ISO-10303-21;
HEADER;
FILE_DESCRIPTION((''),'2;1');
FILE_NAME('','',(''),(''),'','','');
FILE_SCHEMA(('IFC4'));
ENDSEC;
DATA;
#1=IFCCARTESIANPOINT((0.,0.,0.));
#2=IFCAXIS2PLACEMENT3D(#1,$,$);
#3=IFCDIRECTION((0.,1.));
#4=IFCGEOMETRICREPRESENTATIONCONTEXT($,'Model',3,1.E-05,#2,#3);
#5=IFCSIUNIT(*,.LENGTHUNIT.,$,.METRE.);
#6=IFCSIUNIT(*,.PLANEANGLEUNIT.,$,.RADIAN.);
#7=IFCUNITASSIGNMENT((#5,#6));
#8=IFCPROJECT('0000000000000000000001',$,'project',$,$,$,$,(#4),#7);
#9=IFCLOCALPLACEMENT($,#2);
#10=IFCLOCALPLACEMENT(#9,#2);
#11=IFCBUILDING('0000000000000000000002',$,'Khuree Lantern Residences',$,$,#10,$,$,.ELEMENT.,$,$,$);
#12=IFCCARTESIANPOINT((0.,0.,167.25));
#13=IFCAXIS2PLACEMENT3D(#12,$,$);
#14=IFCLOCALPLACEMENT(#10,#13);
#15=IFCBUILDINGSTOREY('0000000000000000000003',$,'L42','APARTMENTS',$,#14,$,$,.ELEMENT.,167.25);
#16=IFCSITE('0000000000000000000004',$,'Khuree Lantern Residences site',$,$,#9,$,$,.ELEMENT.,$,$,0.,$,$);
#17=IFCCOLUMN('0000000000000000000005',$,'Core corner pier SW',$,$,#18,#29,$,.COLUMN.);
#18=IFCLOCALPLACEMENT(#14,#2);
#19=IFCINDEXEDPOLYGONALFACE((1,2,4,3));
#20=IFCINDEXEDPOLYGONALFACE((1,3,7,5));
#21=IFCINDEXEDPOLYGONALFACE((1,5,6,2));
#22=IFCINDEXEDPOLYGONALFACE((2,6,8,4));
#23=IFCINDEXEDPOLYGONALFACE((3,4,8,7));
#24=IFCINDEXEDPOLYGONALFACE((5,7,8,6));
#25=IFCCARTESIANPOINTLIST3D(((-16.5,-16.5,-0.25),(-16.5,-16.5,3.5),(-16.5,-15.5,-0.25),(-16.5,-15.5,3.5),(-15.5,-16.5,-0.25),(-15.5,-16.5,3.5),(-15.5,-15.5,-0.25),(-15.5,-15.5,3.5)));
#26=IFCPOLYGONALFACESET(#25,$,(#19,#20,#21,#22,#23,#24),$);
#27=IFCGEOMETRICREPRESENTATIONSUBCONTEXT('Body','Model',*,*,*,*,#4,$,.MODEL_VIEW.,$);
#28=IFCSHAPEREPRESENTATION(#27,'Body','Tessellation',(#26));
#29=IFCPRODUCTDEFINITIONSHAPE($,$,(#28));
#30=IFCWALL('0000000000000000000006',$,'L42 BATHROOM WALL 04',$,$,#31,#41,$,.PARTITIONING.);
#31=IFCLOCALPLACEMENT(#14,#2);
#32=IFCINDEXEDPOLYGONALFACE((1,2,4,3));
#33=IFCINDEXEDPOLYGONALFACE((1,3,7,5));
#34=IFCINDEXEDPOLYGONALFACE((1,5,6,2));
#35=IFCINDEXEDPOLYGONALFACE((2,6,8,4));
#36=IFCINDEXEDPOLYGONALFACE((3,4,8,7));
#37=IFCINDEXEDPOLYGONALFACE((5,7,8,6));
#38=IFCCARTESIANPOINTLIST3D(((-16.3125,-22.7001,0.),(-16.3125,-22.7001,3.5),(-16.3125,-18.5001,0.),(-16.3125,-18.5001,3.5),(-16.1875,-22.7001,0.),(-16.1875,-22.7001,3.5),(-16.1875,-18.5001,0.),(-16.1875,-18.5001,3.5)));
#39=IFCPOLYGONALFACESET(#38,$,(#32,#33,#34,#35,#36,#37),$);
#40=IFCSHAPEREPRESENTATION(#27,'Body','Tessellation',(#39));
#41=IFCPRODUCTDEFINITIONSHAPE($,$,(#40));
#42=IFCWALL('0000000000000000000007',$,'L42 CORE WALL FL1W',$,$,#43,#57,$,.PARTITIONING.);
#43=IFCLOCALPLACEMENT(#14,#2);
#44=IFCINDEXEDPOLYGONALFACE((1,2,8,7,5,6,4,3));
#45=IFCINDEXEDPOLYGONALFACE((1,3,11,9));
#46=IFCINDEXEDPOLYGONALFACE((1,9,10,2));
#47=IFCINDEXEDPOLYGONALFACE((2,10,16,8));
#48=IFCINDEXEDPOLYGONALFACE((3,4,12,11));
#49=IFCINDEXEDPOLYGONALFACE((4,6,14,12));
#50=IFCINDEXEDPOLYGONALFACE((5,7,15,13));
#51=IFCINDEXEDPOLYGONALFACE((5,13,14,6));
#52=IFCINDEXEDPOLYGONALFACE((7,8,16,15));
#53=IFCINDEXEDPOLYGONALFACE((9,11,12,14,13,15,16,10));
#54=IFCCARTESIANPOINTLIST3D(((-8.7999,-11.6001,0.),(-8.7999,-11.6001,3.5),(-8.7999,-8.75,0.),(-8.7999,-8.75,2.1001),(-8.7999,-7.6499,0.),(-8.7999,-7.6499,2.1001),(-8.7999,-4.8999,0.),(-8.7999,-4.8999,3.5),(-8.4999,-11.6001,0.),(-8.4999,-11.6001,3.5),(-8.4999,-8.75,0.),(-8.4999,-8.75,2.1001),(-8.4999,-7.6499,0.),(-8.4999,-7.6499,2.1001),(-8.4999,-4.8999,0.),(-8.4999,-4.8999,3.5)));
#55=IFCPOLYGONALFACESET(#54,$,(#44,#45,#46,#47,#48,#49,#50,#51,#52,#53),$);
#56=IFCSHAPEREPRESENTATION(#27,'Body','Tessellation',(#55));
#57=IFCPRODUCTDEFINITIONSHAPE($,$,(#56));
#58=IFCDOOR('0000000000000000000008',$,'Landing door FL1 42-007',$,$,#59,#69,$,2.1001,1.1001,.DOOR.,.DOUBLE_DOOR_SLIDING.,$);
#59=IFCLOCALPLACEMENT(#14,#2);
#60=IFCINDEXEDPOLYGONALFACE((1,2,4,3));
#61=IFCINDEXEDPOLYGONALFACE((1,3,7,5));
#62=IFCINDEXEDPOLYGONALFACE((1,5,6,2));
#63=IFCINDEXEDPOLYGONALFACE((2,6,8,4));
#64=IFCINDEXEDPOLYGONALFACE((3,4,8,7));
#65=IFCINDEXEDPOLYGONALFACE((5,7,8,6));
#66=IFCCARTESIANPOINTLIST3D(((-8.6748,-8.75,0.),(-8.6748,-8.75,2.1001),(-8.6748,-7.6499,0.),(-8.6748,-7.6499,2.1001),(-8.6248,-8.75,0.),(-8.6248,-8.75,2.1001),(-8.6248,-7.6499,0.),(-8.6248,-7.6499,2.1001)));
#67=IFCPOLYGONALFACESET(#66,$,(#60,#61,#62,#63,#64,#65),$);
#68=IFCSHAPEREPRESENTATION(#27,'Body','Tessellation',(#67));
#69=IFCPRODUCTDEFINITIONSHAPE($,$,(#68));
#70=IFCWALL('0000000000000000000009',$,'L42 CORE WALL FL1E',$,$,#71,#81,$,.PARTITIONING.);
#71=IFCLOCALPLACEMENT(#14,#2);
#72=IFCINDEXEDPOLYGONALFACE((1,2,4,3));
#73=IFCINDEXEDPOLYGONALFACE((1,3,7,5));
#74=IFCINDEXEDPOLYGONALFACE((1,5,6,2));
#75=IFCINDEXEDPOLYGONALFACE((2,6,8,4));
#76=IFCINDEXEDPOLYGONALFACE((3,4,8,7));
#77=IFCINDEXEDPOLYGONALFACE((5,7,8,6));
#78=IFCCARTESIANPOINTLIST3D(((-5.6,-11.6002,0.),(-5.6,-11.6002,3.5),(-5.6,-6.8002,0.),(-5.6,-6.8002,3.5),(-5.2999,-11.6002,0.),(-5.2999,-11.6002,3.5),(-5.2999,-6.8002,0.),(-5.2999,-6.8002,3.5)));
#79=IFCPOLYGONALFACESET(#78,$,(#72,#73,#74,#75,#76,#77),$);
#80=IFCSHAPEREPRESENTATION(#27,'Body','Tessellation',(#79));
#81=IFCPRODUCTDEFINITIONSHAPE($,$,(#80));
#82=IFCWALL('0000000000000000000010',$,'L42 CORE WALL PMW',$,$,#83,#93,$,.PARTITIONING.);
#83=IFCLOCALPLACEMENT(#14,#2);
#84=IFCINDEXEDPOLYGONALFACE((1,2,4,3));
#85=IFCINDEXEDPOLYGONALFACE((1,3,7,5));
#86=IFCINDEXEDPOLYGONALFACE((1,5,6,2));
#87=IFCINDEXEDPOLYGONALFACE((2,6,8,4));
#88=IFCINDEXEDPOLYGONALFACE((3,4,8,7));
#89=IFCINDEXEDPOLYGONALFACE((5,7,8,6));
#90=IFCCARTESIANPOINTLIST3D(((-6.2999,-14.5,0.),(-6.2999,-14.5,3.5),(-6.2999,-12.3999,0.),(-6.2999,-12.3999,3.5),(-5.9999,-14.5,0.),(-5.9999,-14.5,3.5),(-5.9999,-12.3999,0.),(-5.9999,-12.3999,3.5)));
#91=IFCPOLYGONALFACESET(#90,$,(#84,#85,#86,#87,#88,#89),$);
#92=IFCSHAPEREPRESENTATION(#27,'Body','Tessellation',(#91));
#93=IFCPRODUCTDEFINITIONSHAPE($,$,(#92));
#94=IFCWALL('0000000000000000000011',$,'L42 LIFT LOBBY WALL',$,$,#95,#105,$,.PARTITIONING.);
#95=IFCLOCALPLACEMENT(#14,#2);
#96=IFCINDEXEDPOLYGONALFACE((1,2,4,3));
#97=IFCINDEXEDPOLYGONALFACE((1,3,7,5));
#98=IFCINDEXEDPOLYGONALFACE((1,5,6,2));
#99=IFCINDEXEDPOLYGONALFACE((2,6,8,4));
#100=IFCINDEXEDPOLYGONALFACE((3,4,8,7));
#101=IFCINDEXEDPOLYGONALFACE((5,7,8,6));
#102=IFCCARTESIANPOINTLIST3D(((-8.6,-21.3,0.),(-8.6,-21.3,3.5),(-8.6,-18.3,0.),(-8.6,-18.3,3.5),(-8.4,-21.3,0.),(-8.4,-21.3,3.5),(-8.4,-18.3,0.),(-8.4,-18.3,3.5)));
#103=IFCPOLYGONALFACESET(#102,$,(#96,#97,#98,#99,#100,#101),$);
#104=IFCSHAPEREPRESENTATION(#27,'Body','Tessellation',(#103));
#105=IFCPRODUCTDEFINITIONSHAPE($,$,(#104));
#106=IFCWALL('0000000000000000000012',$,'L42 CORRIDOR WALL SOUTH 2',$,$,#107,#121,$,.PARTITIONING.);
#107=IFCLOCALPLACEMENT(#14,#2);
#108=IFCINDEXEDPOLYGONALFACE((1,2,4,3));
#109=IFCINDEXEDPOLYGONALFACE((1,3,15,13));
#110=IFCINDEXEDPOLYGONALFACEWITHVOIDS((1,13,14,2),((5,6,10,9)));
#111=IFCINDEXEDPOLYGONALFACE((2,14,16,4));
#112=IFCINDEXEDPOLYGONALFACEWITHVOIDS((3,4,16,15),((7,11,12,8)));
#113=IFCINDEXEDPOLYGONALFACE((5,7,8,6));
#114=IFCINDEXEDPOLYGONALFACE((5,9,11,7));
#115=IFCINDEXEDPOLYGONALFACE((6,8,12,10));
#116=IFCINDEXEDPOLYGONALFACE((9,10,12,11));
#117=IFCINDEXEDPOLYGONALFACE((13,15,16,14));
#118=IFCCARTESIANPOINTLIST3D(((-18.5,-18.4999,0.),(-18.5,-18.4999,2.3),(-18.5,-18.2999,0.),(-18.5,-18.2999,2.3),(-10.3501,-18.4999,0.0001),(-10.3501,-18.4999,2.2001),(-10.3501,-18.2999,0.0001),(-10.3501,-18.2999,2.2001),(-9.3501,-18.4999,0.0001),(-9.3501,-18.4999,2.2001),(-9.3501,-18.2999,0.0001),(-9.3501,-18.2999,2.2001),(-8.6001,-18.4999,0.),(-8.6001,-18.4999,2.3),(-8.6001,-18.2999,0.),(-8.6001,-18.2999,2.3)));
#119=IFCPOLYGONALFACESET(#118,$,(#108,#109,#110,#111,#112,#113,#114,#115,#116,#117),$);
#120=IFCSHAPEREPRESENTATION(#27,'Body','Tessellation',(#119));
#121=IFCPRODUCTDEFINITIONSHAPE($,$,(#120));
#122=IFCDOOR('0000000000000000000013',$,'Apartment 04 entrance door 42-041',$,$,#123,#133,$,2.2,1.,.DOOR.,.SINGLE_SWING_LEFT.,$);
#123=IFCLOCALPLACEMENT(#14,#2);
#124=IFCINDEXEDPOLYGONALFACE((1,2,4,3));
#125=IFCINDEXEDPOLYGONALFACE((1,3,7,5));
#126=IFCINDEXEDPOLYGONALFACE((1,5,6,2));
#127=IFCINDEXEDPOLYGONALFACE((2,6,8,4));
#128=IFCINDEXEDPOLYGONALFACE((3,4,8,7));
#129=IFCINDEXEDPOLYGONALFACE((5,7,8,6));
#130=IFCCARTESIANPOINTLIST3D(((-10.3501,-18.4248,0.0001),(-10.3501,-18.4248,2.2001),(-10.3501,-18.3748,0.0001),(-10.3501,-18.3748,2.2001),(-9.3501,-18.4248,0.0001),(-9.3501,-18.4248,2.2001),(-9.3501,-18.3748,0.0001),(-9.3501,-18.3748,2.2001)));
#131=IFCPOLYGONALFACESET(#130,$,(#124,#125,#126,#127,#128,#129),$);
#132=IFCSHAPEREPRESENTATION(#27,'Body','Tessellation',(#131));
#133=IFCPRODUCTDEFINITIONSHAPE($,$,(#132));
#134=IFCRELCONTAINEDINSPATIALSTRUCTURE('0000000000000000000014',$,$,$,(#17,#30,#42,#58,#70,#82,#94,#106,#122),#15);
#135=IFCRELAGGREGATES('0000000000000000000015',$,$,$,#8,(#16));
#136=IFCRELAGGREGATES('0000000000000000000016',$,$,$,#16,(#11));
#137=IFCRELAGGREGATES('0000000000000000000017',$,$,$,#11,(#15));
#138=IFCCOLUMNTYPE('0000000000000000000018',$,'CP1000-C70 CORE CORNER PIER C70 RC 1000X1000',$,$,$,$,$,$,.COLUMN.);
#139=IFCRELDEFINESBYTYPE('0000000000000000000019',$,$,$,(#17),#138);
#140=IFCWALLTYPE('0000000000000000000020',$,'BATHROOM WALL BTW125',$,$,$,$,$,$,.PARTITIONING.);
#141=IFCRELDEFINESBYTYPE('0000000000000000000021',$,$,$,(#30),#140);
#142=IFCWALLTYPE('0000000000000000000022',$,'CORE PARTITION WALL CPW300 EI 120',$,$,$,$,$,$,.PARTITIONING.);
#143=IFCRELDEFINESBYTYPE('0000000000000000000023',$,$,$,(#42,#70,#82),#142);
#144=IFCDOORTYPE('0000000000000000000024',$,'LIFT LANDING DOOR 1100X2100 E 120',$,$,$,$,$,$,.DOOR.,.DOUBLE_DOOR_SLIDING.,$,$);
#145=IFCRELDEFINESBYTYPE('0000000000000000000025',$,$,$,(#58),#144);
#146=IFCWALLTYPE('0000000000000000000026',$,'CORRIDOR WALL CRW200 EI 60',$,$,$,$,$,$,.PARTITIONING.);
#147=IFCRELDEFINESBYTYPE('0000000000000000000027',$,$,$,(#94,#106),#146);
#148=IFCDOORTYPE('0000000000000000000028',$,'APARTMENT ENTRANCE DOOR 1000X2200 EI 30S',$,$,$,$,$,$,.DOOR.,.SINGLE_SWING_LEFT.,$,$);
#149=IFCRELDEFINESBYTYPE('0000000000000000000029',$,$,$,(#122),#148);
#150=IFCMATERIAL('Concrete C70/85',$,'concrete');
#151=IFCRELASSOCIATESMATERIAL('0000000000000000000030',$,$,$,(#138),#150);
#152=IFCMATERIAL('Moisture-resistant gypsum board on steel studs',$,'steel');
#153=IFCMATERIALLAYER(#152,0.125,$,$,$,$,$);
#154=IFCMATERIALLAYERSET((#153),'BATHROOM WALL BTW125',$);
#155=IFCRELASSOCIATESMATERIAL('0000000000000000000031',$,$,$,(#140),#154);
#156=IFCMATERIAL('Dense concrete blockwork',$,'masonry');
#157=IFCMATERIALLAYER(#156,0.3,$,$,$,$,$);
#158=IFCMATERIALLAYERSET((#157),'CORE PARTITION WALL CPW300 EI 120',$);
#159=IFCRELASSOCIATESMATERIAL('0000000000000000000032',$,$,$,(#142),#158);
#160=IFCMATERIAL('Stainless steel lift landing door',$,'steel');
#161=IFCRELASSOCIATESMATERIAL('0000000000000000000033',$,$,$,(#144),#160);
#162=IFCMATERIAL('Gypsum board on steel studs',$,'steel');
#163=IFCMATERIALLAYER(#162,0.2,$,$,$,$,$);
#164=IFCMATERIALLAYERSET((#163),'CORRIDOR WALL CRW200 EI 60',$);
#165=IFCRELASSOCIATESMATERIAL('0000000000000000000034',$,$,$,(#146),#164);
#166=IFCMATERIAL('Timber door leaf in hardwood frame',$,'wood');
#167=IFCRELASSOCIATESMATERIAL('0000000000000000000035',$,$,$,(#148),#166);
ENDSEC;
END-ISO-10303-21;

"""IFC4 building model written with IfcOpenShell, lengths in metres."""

from ifc_helpers import new_model, si_unit, direction, frame, frame_2d, origin, origin_2d, place, context, subcontext, project, spatial, rectangle, extrude, material, layer, layer_set, material_profile, profile_set, type_object, element, fill, save


model = new_model("IFC4")

# Units and contexts
model_context = context("Model", 3, precision=1e-05, world=origin(), true_north=direction((0.0, 1.0)))
body_context = subcontext(model_context, "Body", "Model", "MODEL_VIEW")
ifc_project = project(units=[si_unit("LENGTHUNIT", "METRE"), si_unit("PLANEANGLEUNIT", "RADIAN")], contexts=[model_context])

# Site, building, storey
site_placement = place(None, origin())
site = spatial("IfcSite", under=ifc_project, at=site_placement, Name="Khuree Lantern Residences site", CompositionType="ELEMENT", RefElevation=0.0)
building_placement = place(site_placement, origin())
building = spatial("IfcBuilding", under=site, at=building_placement, Name="Khuree Lantern Residences", CompositionType="ELEMENT")
storey_placement = place(building_placement, frame((0.0, 0.0, 167.25)))
storey = spatial("IfcBuildingStorey", under=building, at=storey_placement, Name="L42", Description="APARTMENTS", CompositionType="ELEMENT", Elevation=167.25)

# Column
ifc_material_1 = material(Name="Concrete C70/85", Category="concrete")
ifc_material_profile = material_profile(ifc_material_1, rectangle(XDim=1.0, YDim=1.0, at=origin_2d()), Name="RC 1000X1000")
ifc_profile_set = profile_set([ifc_material_profile], Name="Concrete C70/85")
column_type = type_object("IfcColumnType", Name="CP1000-C70 CORE CORNER PIER C70 RC 1000X1000", PredefinedType="COLUMN", material=ifc_profile_set)
column_placement = place(storey_placement, frame((-16.0, -16.0, -0.25), z_axis=(0.0, 0.0, 1.0), x_axis=(1.0, 0.0, 0.0)))
element("IfcColumn", 1, at=column_placement, inside=storey, type_object=column_type, Name="Core corner pier SW", PredefinedType="COLUMN", context=body_context, shape_type="SweptSolid", body=[
    extrude(rectangle(XDim=1.0, YDim=1.0, at=origin_2d()), origin(), (0.0, 0.0, 1.0), 3.75),
])

# Wall
ifc_material_2 = material(Name="Moisture-resistant gypsum board on steel studs", Category="steel")
ifc_layer_1 = layer(ifc_material_2, 0.125)
ifc_layer_set_1 = layer_set([ifc_layer_1], Name="BATHROOM WALL BTW125")
wall_type_1 = type_object("IfcWallType", Name="BATHROOM WALL BTW125", PredefinedType="PARTITIONING", material=ifc_layer_set_1)
wall_1_placement = place(storey_placement, frame((-16.25, -18.5, 0.0), z_axis=(0.0, 0.0, 1.0), x_axis=(0.0, -1.0, 0.0)))
element("IfcWall", 2, at=wall_1_placement, inside=storey, type_object=wall_type_1, Name="L42 BATHROOM WALL 04", PredefinedType="PARTITIONING", context=body_context, shape_type="SweptSolid", body=[
    extrude(rectangle(XDim=4.2, YDim=0.125, at=frame_2d((2.1001, 0.0))), origin(), (0.0, 0.0, 1.0), 3.5),
])

# Wall, opening, door
ifc_material_3 = material(Name="Dense concrete blockwork", Category="masonry")
ifc_layer_2 = layer(ifc_material_3, 0.3)
ifc_layer_set_2 = layer_set([ifc_layer_2], Name="CORE PARTITION WALL CPW300 EI 120")
wall_type_2 = type_object("IfcWallType", Name="CORE PARTITION WALL CPW300 EI 120", PredefinedType="PARTITIONING", material=ifc_layer_set_2)
wall_2_placement = place(storey_placement, frame((-8.6499, -11.6001, 0.0), z_axis=(0.0, 0.0, 1.0), x_axis=(0.0, 1.0, 0.0)))
wall_2 = element("IfcWall", 3, at=wall_2_placement, inside=storey, type_object=wall_type_2, Name="L42 CORE WALL FL1W", PredefinedType="PARTITIONING", context=body_context, shape_type="SweptSolid", body=[
    extrude(rectangle(XDim=6.7002, YDim=0.3, at=frame_2d((3.3501, 0.0))), origin(), (0.0, 0.0, 1.0), 3.5),
])
opening_1_placement = place(wall_2_placement, frame((2.8501, 0.0, 0.0)))
opening_1 = element("IfcOpeningElement", 4, at=opening_1_placement, cuts=wall_2, PredefinedType="OPENING", context=body_context, shape_type="SweptSolid", body=[
    extrude(rectangle(XDim=1.1001, YDim=2.1001, at=frame_2d((0.55, 1.05))), frame((0.0, 0.1602, 0.0), z_axis=(0.0, -1.0, 0.0), x_axis=(1.0, 0.0, 0.0)), (0.0, 0.0, 1.0), 0.3201),
])
ifc_material_4 = material(Name="Stainless steel lift landing door", Category="steel")
door_type_1 = type_object("IfcDoorType", Name="LIFT LANDING DOOR 1100X2100 E 120", OperationType="DOUBLE_DOOR_SLIDING", PredefinedType="DOOR", material=ifc_material_4)
door_1_placement = place(opening_1_placement, origin())
door_1 = element("IfcDoor", 5, at=door_1_placement, inside=storey, type_object=door_type_1, Name="Landing door FL1 42-007", OperationType="DOUBLE_DOOR_SLIDING", OverallHeight=2.1001, OverallWidth=1.1001, PredefinedType="DOOR", context=body_context, shape_type="SweptSolid", body=[
    extrude(rectangle(XDim=1.1001, YDim=2.1001, at=frame_2d((0.55, 1.05))), frame((0.0, 0.0249, 0.0), z_axis=(0.0, -1.0, 0.0), x_axis=(1.0, 0.0, 0.0)), (0.0, 0.0, 1.0), 0.05),
])
fill(opening_1, door_1)

# Walls
wall_3_placement = place(storey_placement, frame((-5.45, -11.6001, 0.0), z_axis=(0.0, 0.0, 1.0), x_axis=(0.0, 1.0, 0.0)))
element("IfcWall", 6, at=wall_3_placement, inside=storey, type_object=wall_type_2, Name="L42 CORE WALL FL1E", PredefinedType="PARTITIONING", context=body_context, shape_type="SweptSolid", body=[
    extrude(rectangle(XDim=4.8, YDim=0.3, at=frame_2d((2.3999, 0.0))), origin(), (0.0, 0.0, 1.0), 3.5),
])
wall_4_placement = place(storey_placement, frame((-6.1499, -14.5, 0.0), z_axis=(0.0, 0.0, 1.0), x_axis=(0.0, 1.0, 0.0)))
element("IfcWall", 7, at=wall_4_placement, inside=storey, type_object=wall_type_2, Name="L42 CORE WALL PMW", PredefinedType="PARTITIONING", context=body_context, shape_type="SweptSolid", body=[
    extrude(rectangle(XDim=2.1001, YDim=0.3, at=frame_2d((1.05, 0.0))), origin(), (0.0, 0.0, 1.0), 3.5),
])
ifc_material_5 = material(Name="Gypsum board on steel studs", Category="steel")
ifc_layer_3 = layer(ifc_material_5, 0.2)
ifc_layer_set_3 = layer_set([ifc_layer_3], Name="CORRIDOR WALL CRW200 EI 60")
wall_type_3 = type_object("IfcWallType", Name="CORRIDOR WALL CRW200 EI 60", PredefinedType="PARTITIONING", material=ifc_layer_set_3)
wall_5_placement = place(storey_placement, frame((-8.5, -18.3, 0.0), z_axis=(0.0, 0.0, 1.0), x_axis=(0.0, -1.0, 0.0)))
element("IfcWall", 8, at=wall_5_placement, inside=storey, type_object=wall_type_3, Name="L42 LIFT LOBBY WALL", PredefinedType="PARTITIONING", context=body_context, shape_type="SweptSolid", body=[
    extrude(rectangle(XDim=3.0, YDim=0.2, at=frame_2d((1.5, 0.0))), origin(), (0.0, 0.0, 1.0), 3.5),
])

# Wall, opening, door
wall_6_placement = place(storey_placement, frame((-8.6001, -18.3999, 0.0), z_axis=(0.0, 0.0, 1.0), x_axis=(-1.0, 0.0, 0.0)))
wall_6 = element("IfcWall", 9, at=wall_6_placement, inside=storey, type_object=wall_type_3, Name="L42 CORRIDOR WALL SOUTH 2", PredefinedType="PARTITIONING", context=body_context, shape_type="SweptSolid", body=[
    extrude(rectangle(XDim=9.8999, YDim=0.2, at=frame_2d((4.95, 0.0))), origin(), (0.0, 0.0, 1.0), 2.3),
])
opening_2_placement = place(wall_6_placement, frame((0.75, 0.0, 0.0)))
opening_2 = element("IfcOpeningElement", 10, at=opening_2_placement, cuts=wall_6, PredefinedType="OPENING", context=body_context, shape_type="SweptSolid", body=[
    extrude(rectangle(XDim=1.0, YDim=2.2, at=frame_2d((0.5, 1.1001))), frame((0.0, 0.1099, 0.0), z_axis=(0.0, -1.0, 0.0), x_axis=(1.0, 0.0, 0.0)), (0.0, 0.0, 1.0), 0.22),
])
ifc_material_6 = material(Name="Timber door leaf in hardwood frame", Category="wood")
door_type_2 = type_object("IfcDoorType", Name="APARTMENT ENTRANCE DOOR 1000X2200 EI 30S", OperationType="SINGLE_SWING_LEFT", PredefinedType="DOOR", material=ifc_material_6)
door_2_placement = place(opening_2_placement, origin())
door_2 = element("IfcDoor", 11, at=door_2_placement, inside=storey, type_object=door_type_2, Name="Apartment 04 entrance door 42-041", OperationType="SINGLE_SWING_LEFT", OverallHeight=2.2, OverallWidth=1.0, PredefinedType="DOOR", context=body_context, shape_type="SweptSolid", body=[
    extrude(rectangle(XDim=1.0, YDim=2.2, at=frame_2d((0.5, 1.1001))), frame((0.0, 0.0249, 0.0), z_axis=(0.0, -1.0, 0.0), x_axis=(1.0, 0.0, 0.0)), (0.0, 0.0, 1.0), 0.05),
])
fill(opening_2, door_2)

save(model, "model.ifc")
